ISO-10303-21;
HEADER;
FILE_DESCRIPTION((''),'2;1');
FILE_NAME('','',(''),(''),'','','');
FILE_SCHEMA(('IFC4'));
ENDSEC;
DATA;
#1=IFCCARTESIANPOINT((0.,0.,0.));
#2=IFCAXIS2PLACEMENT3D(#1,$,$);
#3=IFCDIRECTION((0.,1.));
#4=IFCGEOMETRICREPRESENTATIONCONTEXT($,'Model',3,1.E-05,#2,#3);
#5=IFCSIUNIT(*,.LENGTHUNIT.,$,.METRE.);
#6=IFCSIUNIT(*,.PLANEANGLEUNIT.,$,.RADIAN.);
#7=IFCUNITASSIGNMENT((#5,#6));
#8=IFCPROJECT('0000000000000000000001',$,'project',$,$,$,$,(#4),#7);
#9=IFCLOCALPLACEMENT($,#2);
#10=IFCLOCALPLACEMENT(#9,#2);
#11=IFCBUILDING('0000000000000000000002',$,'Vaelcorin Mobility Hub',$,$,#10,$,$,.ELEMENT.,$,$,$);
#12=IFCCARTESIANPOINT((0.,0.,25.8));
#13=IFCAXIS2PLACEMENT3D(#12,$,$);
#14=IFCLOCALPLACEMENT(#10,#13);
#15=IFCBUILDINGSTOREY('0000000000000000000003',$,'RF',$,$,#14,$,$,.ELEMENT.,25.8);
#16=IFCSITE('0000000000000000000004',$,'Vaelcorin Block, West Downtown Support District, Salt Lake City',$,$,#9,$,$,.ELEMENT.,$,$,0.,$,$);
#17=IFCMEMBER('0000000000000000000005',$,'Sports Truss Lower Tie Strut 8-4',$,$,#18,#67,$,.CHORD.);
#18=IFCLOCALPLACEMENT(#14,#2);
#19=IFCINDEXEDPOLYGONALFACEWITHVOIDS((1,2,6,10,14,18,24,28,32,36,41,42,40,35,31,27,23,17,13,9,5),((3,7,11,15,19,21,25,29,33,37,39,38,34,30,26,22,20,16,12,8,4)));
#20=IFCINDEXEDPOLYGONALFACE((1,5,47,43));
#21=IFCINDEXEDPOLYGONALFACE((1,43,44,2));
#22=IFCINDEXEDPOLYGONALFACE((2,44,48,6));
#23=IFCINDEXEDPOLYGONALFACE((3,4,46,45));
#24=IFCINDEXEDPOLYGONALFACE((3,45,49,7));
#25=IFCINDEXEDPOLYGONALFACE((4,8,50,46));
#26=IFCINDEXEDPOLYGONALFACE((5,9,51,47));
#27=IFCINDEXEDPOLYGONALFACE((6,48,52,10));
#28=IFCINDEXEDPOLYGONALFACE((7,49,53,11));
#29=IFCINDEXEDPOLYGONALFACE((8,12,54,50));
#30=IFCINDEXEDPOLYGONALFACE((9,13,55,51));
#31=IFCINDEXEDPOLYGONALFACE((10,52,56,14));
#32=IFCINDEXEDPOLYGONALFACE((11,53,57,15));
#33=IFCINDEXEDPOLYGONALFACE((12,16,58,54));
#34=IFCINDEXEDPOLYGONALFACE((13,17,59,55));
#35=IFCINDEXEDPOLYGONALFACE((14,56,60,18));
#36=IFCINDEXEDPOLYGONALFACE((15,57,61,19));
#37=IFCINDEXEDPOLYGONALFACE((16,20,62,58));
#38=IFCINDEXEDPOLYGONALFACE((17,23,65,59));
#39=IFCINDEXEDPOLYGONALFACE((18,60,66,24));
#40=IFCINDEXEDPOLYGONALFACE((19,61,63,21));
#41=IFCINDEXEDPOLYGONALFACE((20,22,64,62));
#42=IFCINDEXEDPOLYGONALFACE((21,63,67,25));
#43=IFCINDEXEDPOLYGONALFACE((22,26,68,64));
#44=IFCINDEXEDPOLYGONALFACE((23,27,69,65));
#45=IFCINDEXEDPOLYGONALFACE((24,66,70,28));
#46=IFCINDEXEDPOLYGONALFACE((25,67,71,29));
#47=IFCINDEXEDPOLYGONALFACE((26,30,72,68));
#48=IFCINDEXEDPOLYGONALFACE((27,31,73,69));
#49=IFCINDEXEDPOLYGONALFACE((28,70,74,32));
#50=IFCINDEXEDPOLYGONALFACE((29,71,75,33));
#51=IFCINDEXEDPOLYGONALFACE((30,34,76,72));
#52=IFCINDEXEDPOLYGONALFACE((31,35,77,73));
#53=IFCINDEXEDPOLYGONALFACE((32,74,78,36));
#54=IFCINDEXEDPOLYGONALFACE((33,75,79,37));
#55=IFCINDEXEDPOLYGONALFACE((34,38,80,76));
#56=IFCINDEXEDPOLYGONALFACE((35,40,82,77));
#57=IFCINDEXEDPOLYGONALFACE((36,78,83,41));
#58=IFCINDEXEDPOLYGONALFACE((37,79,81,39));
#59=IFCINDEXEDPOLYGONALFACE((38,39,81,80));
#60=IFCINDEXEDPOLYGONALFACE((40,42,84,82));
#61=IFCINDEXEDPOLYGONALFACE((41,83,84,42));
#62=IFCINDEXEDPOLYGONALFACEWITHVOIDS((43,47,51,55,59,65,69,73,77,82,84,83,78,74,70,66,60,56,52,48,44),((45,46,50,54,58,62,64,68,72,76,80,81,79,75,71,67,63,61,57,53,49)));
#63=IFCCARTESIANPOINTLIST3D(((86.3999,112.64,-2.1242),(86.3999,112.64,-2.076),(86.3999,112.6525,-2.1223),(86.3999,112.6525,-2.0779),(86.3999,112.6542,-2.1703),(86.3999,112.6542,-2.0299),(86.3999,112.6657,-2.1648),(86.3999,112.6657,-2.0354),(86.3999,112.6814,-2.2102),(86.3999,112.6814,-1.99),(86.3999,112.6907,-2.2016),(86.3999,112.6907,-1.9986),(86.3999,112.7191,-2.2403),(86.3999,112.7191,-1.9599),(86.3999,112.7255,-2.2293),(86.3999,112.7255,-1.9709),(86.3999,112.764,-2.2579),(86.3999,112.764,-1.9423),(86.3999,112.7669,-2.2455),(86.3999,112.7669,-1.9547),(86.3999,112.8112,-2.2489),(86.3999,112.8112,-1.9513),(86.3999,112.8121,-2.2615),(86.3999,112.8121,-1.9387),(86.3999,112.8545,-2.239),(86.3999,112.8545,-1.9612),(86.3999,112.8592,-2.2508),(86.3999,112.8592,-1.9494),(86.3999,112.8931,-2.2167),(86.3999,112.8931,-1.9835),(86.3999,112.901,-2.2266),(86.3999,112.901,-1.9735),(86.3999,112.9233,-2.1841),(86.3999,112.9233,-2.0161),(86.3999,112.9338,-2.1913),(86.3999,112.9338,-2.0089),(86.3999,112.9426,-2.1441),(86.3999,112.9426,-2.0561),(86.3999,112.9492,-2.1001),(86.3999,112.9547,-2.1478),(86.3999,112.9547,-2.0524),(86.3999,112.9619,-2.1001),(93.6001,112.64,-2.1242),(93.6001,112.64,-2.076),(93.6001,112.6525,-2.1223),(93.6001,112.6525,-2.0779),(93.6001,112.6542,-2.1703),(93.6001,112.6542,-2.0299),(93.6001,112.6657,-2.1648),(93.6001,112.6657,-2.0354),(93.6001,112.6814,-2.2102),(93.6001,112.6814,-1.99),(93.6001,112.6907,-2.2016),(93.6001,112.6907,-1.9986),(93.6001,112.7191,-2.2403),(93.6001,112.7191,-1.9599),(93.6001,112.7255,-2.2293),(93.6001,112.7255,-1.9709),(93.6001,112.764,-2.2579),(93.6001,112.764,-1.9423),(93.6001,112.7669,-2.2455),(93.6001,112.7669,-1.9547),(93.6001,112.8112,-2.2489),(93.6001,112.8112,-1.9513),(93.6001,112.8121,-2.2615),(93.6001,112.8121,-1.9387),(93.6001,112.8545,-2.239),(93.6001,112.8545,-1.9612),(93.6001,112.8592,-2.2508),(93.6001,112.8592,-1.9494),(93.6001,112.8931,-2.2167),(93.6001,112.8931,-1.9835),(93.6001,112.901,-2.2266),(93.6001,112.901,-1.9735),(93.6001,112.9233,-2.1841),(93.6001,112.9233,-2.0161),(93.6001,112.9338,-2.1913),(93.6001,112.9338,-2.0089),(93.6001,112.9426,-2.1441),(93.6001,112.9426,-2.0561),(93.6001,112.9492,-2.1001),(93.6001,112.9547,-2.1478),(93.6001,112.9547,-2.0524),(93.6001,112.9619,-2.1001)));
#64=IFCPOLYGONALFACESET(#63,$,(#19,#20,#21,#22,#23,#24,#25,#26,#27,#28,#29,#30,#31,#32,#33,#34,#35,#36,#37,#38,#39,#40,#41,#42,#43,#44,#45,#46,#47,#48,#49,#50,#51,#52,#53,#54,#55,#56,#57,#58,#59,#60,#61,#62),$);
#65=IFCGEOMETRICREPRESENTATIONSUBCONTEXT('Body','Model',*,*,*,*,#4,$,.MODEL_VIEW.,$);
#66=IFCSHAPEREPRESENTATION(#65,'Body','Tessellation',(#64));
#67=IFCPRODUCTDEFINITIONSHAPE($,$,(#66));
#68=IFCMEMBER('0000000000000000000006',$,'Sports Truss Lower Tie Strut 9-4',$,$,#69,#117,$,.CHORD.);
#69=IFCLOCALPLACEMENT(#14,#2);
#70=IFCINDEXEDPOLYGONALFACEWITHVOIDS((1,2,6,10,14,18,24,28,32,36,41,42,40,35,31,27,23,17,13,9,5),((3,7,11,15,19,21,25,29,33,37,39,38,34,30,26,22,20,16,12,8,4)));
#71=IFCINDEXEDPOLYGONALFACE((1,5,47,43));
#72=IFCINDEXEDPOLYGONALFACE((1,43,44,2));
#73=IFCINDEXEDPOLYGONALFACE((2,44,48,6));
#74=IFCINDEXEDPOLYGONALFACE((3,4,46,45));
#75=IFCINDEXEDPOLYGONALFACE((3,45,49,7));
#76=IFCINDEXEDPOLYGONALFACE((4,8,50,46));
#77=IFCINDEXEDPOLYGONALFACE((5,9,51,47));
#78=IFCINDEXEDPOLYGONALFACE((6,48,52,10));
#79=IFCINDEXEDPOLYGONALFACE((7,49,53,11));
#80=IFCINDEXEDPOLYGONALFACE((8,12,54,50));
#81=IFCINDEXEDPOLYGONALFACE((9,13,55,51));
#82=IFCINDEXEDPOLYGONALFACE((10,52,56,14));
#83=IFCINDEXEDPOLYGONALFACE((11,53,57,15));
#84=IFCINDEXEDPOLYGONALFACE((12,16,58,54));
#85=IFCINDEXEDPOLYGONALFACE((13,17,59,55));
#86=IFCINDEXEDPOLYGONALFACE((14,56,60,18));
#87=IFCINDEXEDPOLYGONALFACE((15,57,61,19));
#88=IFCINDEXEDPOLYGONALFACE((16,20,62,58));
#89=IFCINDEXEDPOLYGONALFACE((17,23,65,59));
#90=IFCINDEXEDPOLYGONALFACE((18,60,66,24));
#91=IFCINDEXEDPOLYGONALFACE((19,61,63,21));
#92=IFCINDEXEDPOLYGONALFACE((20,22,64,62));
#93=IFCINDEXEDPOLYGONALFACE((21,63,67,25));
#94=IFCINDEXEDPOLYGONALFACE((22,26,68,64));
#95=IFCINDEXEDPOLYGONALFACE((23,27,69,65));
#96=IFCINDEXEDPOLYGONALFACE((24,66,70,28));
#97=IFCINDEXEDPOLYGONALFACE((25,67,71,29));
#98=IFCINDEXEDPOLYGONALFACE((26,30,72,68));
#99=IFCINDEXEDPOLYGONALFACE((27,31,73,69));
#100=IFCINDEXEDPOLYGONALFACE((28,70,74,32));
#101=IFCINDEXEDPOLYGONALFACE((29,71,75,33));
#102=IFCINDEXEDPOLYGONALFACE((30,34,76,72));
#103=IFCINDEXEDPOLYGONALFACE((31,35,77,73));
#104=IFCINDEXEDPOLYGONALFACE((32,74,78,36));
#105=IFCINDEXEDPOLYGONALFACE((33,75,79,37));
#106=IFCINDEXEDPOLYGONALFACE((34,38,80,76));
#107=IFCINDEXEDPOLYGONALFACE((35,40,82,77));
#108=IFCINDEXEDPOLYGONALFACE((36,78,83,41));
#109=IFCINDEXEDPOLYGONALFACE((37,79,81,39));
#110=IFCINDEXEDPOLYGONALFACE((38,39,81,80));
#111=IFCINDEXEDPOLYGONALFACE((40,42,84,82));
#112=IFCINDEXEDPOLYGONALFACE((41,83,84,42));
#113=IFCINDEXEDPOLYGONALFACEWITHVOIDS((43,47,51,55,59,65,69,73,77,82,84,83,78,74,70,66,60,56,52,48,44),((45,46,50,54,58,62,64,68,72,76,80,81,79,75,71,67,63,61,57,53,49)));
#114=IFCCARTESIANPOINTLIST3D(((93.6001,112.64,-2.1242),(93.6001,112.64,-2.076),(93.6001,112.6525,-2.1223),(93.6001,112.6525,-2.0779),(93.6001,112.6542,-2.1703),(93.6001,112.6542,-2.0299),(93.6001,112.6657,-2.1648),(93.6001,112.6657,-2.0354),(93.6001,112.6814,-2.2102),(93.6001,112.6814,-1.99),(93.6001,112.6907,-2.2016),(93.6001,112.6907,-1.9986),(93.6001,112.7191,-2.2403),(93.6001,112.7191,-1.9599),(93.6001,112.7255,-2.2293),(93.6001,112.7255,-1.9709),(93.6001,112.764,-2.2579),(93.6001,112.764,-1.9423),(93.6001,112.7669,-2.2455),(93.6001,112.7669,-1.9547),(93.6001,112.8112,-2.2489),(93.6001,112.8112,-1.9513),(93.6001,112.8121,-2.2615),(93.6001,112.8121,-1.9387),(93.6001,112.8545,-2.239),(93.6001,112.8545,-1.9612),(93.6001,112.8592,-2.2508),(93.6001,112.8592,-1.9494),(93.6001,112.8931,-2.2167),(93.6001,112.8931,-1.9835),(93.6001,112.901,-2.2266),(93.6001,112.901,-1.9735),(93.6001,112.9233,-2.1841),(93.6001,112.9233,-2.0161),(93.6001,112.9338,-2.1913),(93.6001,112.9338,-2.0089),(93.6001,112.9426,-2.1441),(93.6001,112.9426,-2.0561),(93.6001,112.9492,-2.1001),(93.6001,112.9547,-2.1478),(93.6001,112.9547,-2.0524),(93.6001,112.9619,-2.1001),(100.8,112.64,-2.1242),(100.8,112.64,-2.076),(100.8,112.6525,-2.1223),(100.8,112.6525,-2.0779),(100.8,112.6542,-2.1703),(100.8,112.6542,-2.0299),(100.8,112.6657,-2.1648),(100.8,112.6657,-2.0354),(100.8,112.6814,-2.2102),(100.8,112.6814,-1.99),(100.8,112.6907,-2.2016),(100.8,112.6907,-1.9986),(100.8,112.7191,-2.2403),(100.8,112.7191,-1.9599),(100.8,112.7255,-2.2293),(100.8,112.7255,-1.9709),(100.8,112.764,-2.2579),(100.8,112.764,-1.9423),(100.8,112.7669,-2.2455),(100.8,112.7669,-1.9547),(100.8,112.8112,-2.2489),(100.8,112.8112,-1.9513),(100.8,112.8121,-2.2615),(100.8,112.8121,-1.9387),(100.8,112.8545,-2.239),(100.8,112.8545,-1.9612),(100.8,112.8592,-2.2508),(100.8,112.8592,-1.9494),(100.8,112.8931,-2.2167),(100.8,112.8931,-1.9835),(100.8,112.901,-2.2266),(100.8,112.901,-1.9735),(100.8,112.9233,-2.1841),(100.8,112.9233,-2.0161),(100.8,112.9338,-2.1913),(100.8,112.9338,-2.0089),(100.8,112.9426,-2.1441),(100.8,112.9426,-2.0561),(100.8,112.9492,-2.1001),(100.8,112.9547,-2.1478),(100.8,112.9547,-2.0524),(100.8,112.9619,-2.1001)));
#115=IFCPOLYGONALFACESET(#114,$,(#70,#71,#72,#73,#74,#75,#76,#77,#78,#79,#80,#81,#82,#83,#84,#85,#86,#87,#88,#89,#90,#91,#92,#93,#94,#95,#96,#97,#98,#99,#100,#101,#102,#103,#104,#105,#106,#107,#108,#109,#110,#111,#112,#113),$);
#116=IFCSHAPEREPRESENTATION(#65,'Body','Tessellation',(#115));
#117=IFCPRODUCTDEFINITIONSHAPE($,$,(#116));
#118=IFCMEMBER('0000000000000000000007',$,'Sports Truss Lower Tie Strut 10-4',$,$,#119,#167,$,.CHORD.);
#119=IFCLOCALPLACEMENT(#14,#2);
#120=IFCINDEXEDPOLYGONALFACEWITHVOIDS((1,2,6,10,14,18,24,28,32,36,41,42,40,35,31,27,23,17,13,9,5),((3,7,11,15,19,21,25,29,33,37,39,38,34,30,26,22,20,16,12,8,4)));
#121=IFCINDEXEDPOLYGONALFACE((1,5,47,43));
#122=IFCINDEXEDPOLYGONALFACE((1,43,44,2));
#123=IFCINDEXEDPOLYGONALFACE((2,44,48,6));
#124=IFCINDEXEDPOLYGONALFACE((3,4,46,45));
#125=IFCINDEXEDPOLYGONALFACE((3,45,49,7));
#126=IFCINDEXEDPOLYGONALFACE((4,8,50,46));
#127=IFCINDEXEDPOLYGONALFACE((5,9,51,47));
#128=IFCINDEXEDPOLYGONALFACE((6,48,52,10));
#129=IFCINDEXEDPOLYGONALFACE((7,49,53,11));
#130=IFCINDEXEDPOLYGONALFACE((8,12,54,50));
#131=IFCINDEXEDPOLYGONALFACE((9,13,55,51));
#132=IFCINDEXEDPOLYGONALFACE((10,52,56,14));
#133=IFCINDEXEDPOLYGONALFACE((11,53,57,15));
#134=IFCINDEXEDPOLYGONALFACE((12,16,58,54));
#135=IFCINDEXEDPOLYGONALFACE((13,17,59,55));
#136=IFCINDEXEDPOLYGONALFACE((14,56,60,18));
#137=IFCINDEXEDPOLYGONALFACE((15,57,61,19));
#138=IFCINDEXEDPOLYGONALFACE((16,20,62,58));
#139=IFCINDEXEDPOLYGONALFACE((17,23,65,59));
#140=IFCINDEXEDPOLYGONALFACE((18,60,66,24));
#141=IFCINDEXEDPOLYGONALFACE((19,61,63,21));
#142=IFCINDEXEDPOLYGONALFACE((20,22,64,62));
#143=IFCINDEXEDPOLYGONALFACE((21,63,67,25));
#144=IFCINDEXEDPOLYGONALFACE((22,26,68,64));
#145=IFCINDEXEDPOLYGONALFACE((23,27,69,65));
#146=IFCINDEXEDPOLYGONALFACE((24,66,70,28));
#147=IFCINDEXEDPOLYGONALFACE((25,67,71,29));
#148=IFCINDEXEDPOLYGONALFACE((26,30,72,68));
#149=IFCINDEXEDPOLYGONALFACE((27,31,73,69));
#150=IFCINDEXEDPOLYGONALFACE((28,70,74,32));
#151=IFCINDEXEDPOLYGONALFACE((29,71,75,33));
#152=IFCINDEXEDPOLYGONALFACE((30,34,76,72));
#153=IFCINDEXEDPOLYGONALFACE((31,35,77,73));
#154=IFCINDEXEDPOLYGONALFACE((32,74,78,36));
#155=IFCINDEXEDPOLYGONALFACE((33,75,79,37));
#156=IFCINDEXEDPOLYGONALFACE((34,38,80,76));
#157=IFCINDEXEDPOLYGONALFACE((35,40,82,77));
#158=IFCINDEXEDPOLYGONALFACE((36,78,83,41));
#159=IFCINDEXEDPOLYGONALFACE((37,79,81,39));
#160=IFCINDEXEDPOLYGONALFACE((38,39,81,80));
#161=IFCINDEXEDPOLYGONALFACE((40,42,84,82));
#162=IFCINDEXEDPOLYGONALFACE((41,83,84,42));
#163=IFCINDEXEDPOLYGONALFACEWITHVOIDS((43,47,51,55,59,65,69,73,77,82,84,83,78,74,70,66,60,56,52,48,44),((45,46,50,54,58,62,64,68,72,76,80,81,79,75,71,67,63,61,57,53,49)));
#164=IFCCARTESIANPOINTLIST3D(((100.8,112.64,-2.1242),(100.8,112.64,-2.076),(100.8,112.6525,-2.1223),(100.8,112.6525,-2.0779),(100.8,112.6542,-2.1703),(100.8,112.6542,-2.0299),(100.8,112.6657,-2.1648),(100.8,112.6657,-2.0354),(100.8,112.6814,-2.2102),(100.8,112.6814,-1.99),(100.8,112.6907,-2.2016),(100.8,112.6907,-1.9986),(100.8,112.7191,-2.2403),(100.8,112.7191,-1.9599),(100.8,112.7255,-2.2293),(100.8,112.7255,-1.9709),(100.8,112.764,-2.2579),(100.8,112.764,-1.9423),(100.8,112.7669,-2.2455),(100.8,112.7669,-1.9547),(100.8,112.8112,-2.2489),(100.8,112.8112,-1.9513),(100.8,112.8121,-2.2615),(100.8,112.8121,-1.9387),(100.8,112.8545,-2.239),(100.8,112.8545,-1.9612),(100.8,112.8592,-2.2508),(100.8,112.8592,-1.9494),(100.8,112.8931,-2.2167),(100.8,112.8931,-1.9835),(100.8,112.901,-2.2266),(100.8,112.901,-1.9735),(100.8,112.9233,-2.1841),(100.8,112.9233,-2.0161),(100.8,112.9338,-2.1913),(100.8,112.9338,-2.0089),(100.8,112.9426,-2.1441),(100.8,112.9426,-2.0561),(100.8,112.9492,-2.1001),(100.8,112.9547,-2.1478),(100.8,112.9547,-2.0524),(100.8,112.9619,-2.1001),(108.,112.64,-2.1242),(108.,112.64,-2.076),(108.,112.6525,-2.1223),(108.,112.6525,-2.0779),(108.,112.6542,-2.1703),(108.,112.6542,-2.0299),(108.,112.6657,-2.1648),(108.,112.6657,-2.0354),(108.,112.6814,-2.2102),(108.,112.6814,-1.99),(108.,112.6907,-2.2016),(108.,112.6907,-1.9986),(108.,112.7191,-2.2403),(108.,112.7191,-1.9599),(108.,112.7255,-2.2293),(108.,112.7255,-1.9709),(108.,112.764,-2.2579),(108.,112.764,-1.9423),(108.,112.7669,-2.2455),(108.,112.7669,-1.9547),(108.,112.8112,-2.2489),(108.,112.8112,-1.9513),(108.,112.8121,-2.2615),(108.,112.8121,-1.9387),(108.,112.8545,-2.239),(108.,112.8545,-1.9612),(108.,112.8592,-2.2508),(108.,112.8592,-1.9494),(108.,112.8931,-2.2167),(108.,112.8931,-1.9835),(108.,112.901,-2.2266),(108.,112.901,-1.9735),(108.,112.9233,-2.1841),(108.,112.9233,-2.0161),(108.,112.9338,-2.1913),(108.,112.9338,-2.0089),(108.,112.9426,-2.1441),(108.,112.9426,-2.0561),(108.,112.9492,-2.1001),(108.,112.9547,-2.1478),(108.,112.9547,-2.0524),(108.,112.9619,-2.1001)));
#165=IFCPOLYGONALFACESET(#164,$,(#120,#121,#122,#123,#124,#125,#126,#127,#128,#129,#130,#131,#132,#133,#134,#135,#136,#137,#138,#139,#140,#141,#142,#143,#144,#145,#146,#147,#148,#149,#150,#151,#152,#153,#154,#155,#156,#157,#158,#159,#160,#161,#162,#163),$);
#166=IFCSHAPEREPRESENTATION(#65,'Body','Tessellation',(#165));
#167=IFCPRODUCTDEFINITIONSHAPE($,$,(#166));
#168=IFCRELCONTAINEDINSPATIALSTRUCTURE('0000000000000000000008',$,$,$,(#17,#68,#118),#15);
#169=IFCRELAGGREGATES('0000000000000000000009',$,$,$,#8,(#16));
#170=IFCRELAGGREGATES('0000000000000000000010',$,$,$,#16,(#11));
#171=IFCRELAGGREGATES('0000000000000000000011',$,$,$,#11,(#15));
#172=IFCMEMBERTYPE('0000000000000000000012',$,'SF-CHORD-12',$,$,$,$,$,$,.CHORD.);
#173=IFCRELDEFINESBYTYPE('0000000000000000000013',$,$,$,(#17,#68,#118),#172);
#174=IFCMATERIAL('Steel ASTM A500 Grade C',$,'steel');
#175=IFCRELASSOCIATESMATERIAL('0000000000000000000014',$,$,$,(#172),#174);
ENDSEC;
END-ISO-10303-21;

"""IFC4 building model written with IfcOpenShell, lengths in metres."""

from ifc_helpers import new_model, si_unit, direction, frame, origin, origin_2d, place, context, subcontext, project, spatial, hollow_circle, extrude, material, material_profile, profile_set, type_object, element, save


model = new_model("IFC4")

# Units and contexts
model_context = context("Model", 3, precision=1e-05, world=origin(), true_north=direction((0.0, 1.0)))
body_context = subcontext(model_context, "Body", "Model", "MODEL_VIEW")
ifc_project = project(units=[si_unit("LENGTHUNIT", "METRE"), si_unit("PLANEANGLEUNIT", "RADIAN")], contexts=[model_context])

# Site, building, storey
site_placement = place(None, origin())
site = spatial("IfcSite", under=ifc_project, at=site_placement, Name="Vaelcorin Block, West Downtown Support District, Salt Lake City", CompositionType="ELEMENT", RefElevation=0.0)
building_placement = place(site_placement, origin())
building = spatial("IfcBuilding", under=site, at=building_placement, Name="Vaelcorin Mobility Hub", CompositionType="ELEMENT")
storey_placement = place(building_placement, frame((0.0, 0.0, 25.8)))
storey = spatial("IfcBuildingStorey", under=building, at=storey_placement, Name="RF", CompositionType="ELEMENT", Elevation=25.8)

# Members
ifc_material_1 = material(Name="Steel ASTM A500 Grade C", Category="steel")
ifc_material_profile_1 = material_profile(ifc_material_1, hollow_circle(Radius=0.1619, WallThickness=0.0127, at=origin_2d()), Name="HSS12.750X0.500")
ifc_profile_set_1 = profile_set([ifc_material_profile_1], Name="Steel ASTM A500 Grade C")
member_type_1 = type_object("IfcMemberType", Name="SF-CHORD-12", PredefinedType="CHORD", material=ifc_profile_set_1)
member_1_placement = place(storey_placement, frame((86.3999, 112.8, -2.1001), z_axis=(1.0, 0.0, 0.0), x_axis=(0.0, 1.0, 0.0)))
element("IfcMember", 1, at=member_1_placement, inside=storey, type_object=member_type_1, Name="Sports Truss Lower Tie Strut 8-4", PredefinedType="CHORD", context=body_context, shape_type="SweptSolid", body=[
    extrude(hollow_circle(Radius=0.1619, WallThickness=0.0127, at=origin_2d()), origin(), (0.0, 0.0, 1.0), 7.2002),
])
for number, where, z_axis, x_axis, name in (
    (2, (93.6001, 112.8, -2.1001), (1.0, 0.0, 0.0), (0.0, 1.0, 0.0), "Sports Truss Lower Tie Strut 9-4"),
    (3, (100.8, 112.8, -2.1001), (1.0, 0.0, 0.0), (0.0, 1.0, 0.0), "Sports Truss Lower Tie Strut 10-4"),
):
    element("IfcMember", number, at=place(storey_placement, frame(where, z_axis=z_axis, x_axis=x_axis)), inside=storey, type_object=member_type_1, Name=name, PredefinedType="CHORD", context=body_context, shape_type="SweptSolid", body=[
        extrude(hollow_circle(Radius=0.1619, WallThickness=0.0127, at=origin_2d()), origin(), (0.0, 0.0, 1.0), 7.2),
    ])

save(model, "model.ifc")
